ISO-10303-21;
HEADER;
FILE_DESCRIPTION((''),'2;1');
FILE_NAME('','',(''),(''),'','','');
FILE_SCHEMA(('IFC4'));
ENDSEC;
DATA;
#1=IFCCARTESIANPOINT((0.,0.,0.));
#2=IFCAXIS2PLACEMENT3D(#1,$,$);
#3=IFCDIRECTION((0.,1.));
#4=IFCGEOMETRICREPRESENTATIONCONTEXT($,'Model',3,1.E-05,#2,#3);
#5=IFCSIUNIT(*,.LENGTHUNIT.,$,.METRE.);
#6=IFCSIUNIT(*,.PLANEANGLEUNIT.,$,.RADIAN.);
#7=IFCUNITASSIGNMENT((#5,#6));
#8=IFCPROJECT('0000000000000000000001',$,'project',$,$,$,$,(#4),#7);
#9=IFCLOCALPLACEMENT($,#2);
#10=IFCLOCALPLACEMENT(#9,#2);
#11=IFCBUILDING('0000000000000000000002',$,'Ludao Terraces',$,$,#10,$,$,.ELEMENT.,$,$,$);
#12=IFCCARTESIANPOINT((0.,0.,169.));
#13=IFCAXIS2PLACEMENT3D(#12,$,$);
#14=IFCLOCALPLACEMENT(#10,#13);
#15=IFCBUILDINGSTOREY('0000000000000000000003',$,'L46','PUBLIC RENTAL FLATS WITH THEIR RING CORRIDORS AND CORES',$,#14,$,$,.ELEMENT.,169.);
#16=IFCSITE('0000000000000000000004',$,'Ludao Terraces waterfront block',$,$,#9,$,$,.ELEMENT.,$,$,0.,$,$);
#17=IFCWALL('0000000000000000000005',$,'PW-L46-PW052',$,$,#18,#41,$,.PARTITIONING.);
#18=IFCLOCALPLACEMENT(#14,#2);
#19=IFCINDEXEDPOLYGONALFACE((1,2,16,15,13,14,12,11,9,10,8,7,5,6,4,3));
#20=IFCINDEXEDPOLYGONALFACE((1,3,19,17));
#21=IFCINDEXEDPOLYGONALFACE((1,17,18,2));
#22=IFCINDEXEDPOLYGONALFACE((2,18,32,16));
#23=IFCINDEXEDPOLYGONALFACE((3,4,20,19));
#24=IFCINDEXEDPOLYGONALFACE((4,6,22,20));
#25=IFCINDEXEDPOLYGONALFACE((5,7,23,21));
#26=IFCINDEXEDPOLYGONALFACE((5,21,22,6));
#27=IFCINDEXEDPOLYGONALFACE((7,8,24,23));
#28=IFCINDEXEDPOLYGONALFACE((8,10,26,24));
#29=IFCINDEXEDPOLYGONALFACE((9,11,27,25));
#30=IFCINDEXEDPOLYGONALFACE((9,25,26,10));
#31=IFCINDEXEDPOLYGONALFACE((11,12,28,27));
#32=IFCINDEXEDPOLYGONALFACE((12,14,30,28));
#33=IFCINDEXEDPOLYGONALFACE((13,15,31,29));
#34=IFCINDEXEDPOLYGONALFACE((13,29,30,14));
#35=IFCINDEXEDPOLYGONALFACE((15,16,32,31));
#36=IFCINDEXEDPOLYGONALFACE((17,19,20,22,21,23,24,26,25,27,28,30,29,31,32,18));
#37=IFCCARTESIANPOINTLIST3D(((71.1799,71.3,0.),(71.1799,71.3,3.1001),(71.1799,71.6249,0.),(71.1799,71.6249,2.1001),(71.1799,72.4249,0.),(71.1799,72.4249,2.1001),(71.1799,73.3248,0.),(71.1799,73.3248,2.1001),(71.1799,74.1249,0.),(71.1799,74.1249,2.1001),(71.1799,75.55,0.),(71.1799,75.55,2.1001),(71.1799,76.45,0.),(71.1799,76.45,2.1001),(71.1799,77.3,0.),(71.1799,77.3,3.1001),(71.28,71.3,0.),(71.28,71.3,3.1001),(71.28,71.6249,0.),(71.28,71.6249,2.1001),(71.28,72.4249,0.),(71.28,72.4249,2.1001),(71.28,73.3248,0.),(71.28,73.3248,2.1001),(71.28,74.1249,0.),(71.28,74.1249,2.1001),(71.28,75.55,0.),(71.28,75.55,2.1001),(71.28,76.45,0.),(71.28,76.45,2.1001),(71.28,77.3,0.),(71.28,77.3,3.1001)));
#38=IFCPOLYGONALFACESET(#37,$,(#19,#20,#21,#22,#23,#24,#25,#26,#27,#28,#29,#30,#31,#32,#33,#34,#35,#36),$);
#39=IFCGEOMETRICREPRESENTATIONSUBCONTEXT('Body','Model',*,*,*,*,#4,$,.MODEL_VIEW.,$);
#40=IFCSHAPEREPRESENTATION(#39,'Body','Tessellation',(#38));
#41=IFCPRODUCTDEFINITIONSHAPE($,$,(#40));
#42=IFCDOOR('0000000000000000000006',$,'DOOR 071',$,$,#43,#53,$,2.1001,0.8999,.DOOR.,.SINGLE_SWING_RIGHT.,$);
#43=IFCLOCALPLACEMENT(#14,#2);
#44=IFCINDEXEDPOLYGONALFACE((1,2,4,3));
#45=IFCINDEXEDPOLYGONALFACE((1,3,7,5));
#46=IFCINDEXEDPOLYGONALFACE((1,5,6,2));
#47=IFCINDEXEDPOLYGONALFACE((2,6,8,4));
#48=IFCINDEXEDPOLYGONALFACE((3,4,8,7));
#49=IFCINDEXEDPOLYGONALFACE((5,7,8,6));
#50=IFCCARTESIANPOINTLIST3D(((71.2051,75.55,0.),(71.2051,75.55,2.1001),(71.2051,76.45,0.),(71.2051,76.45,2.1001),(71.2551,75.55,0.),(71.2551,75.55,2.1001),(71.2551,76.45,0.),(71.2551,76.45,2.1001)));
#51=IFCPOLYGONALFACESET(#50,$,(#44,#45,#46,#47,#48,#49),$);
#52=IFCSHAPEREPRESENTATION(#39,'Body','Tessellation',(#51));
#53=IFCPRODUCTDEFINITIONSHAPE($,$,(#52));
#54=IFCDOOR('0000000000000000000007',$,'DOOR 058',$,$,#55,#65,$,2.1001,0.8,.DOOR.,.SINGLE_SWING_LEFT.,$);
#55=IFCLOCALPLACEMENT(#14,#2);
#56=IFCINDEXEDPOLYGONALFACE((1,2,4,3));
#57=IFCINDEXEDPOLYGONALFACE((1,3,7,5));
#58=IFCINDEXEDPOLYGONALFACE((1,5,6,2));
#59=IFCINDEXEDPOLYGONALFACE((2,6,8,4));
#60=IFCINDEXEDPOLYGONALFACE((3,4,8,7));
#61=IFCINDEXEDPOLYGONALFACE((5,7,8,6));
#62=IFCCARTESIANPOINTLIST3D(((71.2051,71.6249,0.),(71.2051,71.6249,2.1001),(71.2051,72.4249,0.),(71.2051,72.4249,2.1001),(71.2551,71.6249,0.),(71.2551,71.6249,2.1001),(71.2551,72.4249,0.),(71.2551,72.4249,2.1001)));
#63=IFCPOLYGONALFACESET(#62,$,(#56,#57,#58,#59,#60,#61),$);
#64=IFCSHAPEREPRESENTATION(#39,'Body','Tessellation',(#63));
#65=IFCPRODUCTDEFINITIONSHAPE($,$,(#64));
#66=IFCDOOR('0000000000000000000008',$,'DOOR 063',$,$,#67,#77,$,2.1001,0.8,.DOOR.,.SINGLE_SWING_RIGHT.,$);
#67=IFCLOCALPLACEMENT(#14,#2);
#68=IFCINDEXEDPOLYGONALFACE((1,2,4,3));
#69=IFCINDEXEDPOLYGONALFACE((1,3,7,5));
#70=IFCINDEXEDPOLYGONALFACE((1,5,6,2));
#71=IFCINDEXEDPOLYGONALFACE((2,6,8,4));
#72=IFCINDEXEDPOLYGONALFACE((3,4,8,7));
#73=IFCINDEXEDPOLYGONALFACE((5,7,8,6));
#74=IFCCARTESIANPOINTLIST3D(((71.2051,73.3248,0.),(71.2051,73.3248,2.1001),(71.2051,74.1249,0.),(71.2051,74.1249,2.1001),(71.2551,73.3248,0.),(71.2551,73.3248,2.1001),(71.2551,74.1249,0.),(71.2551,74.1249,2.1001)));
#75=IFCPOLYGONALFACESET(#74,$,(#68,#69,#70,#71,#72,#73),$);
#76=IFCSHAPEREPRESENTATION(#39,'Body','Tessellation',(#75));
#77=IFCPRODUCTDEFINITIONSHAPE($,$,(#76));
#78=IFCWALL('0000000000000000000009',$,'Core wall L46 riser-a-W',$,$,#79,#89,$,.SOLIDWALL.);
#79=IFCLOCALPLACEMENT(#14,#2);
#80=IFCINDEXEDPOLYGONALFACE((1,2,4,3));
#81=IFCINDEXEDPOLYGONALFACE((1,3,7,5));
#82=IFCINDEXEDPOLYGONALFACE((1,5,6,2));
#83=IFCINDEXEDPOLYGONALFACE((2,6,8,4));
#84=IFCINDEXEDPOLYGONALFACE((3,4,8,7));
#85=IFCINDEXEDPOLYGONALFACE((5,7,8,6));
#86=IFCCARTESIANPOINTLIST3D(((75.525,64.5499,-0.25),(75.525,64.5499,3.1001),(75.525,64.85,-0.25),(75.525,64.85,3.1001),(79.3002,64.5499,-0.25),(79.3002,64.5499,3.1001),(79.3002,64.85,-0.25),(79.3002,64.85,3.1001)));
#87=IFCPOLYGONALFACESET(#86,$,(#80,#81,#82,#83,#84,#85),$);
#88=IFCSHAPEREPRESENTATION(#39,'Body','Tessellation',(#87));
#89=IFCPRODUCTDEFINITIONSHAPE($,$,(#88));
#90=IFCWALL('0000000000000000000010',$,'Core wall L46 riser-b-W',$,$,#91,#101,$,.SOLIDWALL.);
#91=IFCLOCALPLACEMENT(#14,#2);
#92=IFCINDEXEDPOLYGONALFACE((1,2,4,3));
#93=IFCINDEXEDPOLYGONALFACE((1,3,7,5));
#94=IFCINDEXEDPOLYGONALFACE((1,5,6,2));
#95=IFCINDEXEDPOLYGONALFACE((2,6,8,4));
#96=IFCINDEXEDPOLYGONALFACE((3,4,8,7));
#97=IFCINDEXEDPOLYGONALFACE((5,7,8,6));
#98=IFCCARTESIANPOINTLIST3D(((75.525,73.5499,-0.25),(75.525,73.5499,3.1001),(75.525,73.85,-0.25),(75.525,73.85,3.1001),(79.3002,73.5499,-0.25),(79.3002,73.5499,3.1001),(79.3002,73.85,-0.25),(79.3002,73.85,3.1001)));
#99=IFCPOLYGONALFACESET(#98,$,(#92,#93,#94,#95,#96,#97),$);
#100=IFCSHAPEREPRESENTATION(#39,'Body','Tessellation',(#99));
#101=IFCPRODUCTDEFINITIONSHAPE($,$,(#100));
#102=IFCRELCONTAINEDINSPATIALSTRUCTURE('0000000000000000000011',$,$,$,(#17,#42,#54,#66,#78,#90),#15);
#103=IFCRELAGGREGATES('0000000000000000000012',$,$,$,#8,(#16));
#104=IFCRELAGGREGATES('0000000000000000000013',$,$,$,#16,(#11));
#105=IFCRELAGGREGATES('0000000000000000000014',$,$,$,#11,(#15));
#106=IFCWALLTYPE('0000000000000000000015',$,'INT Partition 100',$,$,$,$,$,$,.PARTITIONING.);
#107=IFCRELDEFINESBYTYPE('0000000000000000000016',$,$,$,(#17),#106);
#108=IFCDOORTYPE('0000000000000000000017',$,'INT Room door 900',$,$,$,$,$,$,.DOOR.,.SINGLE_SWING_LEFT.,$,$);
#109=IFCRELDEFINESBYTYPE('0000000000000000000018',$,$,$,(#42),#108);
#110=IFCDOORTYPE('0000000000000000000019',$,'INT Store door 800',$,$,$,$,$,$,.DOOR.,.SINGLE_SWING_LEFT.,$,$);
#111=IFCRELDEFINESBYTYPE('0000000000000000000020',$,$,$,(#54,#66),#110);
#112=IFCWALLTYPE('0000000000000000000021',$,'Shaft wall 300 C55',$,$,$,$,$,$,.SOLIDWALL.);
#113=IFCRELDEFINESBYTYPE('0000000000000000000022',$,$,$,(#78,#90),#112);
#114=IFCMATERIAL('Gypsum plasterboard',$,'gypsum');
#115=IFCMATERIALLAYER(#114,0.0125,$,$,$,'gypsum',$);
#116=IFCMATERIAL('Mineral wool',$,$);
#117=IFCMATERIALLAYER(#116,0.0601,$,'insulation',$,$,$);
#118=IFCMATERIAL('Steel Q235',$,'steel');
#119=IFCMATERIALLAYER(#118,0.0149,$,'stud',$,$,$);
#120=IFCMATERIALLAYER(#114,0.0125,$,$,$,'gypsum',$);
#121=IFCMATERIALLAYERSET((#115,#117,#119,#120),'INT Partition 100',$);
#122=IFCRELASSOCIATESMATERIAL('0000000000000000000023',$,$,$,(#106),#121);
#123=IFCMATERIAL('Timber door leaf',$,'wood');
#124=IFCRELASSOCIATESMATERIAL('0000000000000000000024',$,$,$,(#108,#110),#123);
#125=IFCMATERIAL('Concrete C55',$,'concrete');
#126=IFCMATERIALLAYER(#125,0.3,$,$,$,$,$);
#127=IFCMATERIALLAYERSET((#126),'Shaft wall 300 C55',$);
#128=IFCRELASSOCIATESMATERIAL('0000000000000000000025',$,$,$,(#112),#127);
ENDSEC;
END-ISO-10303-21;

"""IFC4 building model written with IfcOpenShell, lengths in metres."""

from ifc_helpers import new_model, si_unit, direction, frame, frame_2d, origin, place, context, subcontext, project, spatial, rectangle, extrude, material, layer, layer_set, type_object, element, fill, save


model = new_model("IFC4")

# Units and contexts
model_context = context("Model", 3, precision=1e-05, world=origin(), true_north=direction((0.0, 1.0)))
body_context = subcontext(model_context, "Body", "Model", "MODEL_VIEW")
ifc_project = project(units=[si_unit("LENGTHUNIT", "METRE"), si_unit("PLANEANGLEUNIT", "RADIAN")], contexts=[model_context])

# Site, building, storey
site_placement = place(None, origin())
site = spatial("IfcSite", under=ifc_project, at=site_placement, Name="Ludao Terraces waterfront block", CompositionType="ELEMENT", RefElevation=0.0)
building_placement = place(site_placement, origin())
building = spatial("IfcBuilding", under=site, at=building_placement, Name="Ludao Terraces", CompositionType="ELEMENT")
storey_placement = place(building_placement, frame((0.0, 0.0, 169.0)))
storey = spatial("IfcBuildingStorey", under=building, at=storey_placement, Name="L46", Description="PUBLIC RENTAL FLATS WITH THEIR RING CORRIDORS AND CORES", CompositionType="ELEMENT", Elevation=169.0)

# Shared definitions
ifc_material_1 = material(Name="Mineral wool")
ifc_material_2 = material(Name="Steel Q235", Category="steel")
ifc_material_3 = material(Name="Gypsum plasterboard", Category="gypsum")
ifc_layer_1 = layer(ifc_material_3, 0.0125, Category="gypsum")
ifc_layer_2 = layer(ifc_material_1, 0.0601, Name="insulation")
ifc_layer_3 = layer(ifc_material_2, 0.0149, Name="stud")
ifc_layer_4 = layer(ifc_material_3, 0.0125, Category="gypsum")
ifc_layer_set_1 = layer_set([ifc_layer_1, ifc_layer_2, ifc_layer_3, ifc_layer_4], Name="INT Partition 100")
wall_type_1 = type_object("IfcWallType", Name="INT Partition 100", PredefinedType="PARTITIONING", material=ifc_layer_set_1)

# Wall, openings, doors
ifc_material_4 = material(Name="Timber door leaf", Category="wood")
door_type_1 = type_object("IfcDoorType", Name="INT Room door 900", OperationType="SINGLE_SWING_LEFT", PredefinedType="DOOR", material=ifc_material_4)
wall_1_placement = place(storey_placement, frame((71.23, 71.3, 0.0), z_axis=(0.0, 0.0, 1.0), x_axis=(0.0, 1.0, 0.0)))
wall_1 = element("IfcWall", 1, at=wall_1_placement, inside=storey, type_object=wall_type_1, Name="PW-L46-PW052", PredefinedType="PARTITIONING", context=body_context, shape_type="SweptSolid", body=[
    extrude(rectangle(XDim=6.0, YDim=0.1001, at=frame_2d((3.0, 0.0))), origin(), (0.0, 0.0, 1.0), 3.1001),
])
opening_1_placement = place(wall_1_placement, frame((0.325, 0.0, 0.0)))
opening_1 = element("IfcOpeningElement", 2, at=opening_1_placement, cuts=wall_1, PredefinedType="OPENING", context=body_context, shape_type="SweptSolid", body=[
    extrude(rectangle(XDim=0.8, YDim=2.1001, at=frame_2d((0.3999, 1.05))), frame((0.0, 0.0601, 0.0), z_axis=(0.0, -1.0, 0.0), x_axis=(1.0, 0.0, 0.0)), (0.0, 0.0, 1.0), 0.1201),
])
opening_2_placement = place(wall_1_placement, frame((2.0249, 0.0, 0.0)))
opening_2 = element("IfcOpeningElement", 3, at=opening_2_placement, cuts=wall_1, PredefinedType="OPENING", context=body_context, shape_type="SweptSolid", body=[
    extrude(rectangle(XDim=0.8, YDim=2.1001, at=frame_2d((0.3999, 1.05))), frame((0.0, 0.0601, 0.0), z_axis=(0.0, -1.0, 0.0), x_axis=(1.0, 0.0, 0.0)), (0.0, 0.0, 1.0), 0.1201),
])
opening_3_placement = place(wall_1_placement, frame((4.25, 0.0, 0.0)))
opening_3 = element("IfcOpeningElement", 4, at=opening_3_placement, cuts=wall_1, PredefinedType="OPENING", context=body_context, shape_type="SweptSolid", body=[
    extrude(rectangle(XDim=0.8999, YDim=2.1001, at=frame_2d((0.45, 1.05))), frame((0.0, 0.0601, 0.0), z_axis=(0.0, -1.0, 0.0), x_axis=(1.0, 0.0, 0.0)), (0.0, 0.0, 1.0), 0.1201),
])
door_1_placement = place(opening_3_placement, origin())
door_1 = element("IfcDoor", 5, at=door_1_placement, inside=storey, type_object=door_type_1, Name="DOOR 071", OperationType="SINGLE_SWING_RIGHT", OverallHeight=2.1001, OverallWidth=0.8999, PredefinedType="DOOR", context=body_context, shape_type="SweptSolid", body=[
    extrude(rectangle(XDim=0.8999, YDim=2.1001, at=frame_2d((0.45, 1.05))), frame((0.0, 0.0249, 0.0), z_axis=(0.0, -1.0, 0.0), x_axis=(1.0, 0.0, 0.0)), (0.0, 0.0, 1.0), 0.05),
])
fill(opening_3, door_1)
door_type_2 = type_object("IfcDoorType", Name="INT Store door 800", OperationType="SINGLE_SWING_LEFT", PredefinedType="DOOR", material=ifc_material_4)
door_2_placement = place(opening_1_placement, origin())
door_2 = element("IfcDoor", 6, at=door_2_placement, inside=storey, type_object=door_type_2, Name="DOOR 058", OperationType="SINGLE_SWING_LEFT", OverallHeight=2.1001, OverallWidth=0.8, PredefinedType="DOOR", context=body_context, shape_type="SweptSolid", body=[
    extrude(rectangle(XDim=0.8, YDim=2.1001, at=frame_2d((0.3999, 1.05))), frame((0.0, 0.0249, 0.0), z_axis=(0.0, -1.0, 0.0), x_axis=(1.0, 0.0, 0.0)), (0.0, 0.0, 1.0), 0.05),
])
fill(opening_1, door_2)
door_3_placement = place(opening_2_placement, origin())
door_3 = element("IfcDoor", 7, at=door_3_placement, inside=storey, type_object=door_type_2, Name="DOOR 063", OperationType="SINGLE_SWING_RIGHT", OverallHeight=2.1001, OverallWidth=0.8, PredefinedType="DOOR", context=body_context, shape_type="SweptSolid", body=[
    extrude(rectangle(XDim=0.8, YDim=2.1001, at=frame_2d((0.3999, 1.05))), frame((0.0, 0.0249, 0.0), z_axis=(0.0, -1.0, 0.0), x_axis=(1.0, 0.0, 0.0)), (0.0, 0.0, 1.0), 0.05),
])
fill(opening_2, door_3)

# Walls
ifc_material_5 = material(Name="Concrete C55", Category="concrete")
ifc_layer_5 = layer(ifc_material_5, 0.3)
ifc_layer_set_2 = layer_set([ifc_layer_5], Name="Shaft wall 300 C55")
wall_type_2 = type_object("IfcWallType", Name="Shaft wall 300 C55", PredefinedType="SOLIDWALL", material=ifc_layer_set_2)
for number, where, z_axis, x_axis, name in (
    (8, (75.5249, 64.7, -0.25), (0.0, 0.0, 1.0), (1.0, 0.0, 0.0), "Core wall L46 riser-a-W"),
    (9, (75.5249, 73.7, -0.25), (0.0, 0.0, 1.0), (1.0, 0.0, 0.0), "Core wall L46 riser-b-W"),
):
    element("IfcWall", number, at=place(storey_placement, frame(where, z_axis=z_axis, x_axis=x_axis)), inside=storey, type_object=wall_type_2, Name=name, PredefinedType="SOLIDWALL", context=body_context, shape_type="SweptSolid", body=[
        extrude(rectangle(XDim=3.7751, YDim=0.3, at=frame_2d((1.8877, 0.0))), origin(), (0.0, 0.0, 1.0), 3.3501),
    ])

save(model, "model.ifc")
